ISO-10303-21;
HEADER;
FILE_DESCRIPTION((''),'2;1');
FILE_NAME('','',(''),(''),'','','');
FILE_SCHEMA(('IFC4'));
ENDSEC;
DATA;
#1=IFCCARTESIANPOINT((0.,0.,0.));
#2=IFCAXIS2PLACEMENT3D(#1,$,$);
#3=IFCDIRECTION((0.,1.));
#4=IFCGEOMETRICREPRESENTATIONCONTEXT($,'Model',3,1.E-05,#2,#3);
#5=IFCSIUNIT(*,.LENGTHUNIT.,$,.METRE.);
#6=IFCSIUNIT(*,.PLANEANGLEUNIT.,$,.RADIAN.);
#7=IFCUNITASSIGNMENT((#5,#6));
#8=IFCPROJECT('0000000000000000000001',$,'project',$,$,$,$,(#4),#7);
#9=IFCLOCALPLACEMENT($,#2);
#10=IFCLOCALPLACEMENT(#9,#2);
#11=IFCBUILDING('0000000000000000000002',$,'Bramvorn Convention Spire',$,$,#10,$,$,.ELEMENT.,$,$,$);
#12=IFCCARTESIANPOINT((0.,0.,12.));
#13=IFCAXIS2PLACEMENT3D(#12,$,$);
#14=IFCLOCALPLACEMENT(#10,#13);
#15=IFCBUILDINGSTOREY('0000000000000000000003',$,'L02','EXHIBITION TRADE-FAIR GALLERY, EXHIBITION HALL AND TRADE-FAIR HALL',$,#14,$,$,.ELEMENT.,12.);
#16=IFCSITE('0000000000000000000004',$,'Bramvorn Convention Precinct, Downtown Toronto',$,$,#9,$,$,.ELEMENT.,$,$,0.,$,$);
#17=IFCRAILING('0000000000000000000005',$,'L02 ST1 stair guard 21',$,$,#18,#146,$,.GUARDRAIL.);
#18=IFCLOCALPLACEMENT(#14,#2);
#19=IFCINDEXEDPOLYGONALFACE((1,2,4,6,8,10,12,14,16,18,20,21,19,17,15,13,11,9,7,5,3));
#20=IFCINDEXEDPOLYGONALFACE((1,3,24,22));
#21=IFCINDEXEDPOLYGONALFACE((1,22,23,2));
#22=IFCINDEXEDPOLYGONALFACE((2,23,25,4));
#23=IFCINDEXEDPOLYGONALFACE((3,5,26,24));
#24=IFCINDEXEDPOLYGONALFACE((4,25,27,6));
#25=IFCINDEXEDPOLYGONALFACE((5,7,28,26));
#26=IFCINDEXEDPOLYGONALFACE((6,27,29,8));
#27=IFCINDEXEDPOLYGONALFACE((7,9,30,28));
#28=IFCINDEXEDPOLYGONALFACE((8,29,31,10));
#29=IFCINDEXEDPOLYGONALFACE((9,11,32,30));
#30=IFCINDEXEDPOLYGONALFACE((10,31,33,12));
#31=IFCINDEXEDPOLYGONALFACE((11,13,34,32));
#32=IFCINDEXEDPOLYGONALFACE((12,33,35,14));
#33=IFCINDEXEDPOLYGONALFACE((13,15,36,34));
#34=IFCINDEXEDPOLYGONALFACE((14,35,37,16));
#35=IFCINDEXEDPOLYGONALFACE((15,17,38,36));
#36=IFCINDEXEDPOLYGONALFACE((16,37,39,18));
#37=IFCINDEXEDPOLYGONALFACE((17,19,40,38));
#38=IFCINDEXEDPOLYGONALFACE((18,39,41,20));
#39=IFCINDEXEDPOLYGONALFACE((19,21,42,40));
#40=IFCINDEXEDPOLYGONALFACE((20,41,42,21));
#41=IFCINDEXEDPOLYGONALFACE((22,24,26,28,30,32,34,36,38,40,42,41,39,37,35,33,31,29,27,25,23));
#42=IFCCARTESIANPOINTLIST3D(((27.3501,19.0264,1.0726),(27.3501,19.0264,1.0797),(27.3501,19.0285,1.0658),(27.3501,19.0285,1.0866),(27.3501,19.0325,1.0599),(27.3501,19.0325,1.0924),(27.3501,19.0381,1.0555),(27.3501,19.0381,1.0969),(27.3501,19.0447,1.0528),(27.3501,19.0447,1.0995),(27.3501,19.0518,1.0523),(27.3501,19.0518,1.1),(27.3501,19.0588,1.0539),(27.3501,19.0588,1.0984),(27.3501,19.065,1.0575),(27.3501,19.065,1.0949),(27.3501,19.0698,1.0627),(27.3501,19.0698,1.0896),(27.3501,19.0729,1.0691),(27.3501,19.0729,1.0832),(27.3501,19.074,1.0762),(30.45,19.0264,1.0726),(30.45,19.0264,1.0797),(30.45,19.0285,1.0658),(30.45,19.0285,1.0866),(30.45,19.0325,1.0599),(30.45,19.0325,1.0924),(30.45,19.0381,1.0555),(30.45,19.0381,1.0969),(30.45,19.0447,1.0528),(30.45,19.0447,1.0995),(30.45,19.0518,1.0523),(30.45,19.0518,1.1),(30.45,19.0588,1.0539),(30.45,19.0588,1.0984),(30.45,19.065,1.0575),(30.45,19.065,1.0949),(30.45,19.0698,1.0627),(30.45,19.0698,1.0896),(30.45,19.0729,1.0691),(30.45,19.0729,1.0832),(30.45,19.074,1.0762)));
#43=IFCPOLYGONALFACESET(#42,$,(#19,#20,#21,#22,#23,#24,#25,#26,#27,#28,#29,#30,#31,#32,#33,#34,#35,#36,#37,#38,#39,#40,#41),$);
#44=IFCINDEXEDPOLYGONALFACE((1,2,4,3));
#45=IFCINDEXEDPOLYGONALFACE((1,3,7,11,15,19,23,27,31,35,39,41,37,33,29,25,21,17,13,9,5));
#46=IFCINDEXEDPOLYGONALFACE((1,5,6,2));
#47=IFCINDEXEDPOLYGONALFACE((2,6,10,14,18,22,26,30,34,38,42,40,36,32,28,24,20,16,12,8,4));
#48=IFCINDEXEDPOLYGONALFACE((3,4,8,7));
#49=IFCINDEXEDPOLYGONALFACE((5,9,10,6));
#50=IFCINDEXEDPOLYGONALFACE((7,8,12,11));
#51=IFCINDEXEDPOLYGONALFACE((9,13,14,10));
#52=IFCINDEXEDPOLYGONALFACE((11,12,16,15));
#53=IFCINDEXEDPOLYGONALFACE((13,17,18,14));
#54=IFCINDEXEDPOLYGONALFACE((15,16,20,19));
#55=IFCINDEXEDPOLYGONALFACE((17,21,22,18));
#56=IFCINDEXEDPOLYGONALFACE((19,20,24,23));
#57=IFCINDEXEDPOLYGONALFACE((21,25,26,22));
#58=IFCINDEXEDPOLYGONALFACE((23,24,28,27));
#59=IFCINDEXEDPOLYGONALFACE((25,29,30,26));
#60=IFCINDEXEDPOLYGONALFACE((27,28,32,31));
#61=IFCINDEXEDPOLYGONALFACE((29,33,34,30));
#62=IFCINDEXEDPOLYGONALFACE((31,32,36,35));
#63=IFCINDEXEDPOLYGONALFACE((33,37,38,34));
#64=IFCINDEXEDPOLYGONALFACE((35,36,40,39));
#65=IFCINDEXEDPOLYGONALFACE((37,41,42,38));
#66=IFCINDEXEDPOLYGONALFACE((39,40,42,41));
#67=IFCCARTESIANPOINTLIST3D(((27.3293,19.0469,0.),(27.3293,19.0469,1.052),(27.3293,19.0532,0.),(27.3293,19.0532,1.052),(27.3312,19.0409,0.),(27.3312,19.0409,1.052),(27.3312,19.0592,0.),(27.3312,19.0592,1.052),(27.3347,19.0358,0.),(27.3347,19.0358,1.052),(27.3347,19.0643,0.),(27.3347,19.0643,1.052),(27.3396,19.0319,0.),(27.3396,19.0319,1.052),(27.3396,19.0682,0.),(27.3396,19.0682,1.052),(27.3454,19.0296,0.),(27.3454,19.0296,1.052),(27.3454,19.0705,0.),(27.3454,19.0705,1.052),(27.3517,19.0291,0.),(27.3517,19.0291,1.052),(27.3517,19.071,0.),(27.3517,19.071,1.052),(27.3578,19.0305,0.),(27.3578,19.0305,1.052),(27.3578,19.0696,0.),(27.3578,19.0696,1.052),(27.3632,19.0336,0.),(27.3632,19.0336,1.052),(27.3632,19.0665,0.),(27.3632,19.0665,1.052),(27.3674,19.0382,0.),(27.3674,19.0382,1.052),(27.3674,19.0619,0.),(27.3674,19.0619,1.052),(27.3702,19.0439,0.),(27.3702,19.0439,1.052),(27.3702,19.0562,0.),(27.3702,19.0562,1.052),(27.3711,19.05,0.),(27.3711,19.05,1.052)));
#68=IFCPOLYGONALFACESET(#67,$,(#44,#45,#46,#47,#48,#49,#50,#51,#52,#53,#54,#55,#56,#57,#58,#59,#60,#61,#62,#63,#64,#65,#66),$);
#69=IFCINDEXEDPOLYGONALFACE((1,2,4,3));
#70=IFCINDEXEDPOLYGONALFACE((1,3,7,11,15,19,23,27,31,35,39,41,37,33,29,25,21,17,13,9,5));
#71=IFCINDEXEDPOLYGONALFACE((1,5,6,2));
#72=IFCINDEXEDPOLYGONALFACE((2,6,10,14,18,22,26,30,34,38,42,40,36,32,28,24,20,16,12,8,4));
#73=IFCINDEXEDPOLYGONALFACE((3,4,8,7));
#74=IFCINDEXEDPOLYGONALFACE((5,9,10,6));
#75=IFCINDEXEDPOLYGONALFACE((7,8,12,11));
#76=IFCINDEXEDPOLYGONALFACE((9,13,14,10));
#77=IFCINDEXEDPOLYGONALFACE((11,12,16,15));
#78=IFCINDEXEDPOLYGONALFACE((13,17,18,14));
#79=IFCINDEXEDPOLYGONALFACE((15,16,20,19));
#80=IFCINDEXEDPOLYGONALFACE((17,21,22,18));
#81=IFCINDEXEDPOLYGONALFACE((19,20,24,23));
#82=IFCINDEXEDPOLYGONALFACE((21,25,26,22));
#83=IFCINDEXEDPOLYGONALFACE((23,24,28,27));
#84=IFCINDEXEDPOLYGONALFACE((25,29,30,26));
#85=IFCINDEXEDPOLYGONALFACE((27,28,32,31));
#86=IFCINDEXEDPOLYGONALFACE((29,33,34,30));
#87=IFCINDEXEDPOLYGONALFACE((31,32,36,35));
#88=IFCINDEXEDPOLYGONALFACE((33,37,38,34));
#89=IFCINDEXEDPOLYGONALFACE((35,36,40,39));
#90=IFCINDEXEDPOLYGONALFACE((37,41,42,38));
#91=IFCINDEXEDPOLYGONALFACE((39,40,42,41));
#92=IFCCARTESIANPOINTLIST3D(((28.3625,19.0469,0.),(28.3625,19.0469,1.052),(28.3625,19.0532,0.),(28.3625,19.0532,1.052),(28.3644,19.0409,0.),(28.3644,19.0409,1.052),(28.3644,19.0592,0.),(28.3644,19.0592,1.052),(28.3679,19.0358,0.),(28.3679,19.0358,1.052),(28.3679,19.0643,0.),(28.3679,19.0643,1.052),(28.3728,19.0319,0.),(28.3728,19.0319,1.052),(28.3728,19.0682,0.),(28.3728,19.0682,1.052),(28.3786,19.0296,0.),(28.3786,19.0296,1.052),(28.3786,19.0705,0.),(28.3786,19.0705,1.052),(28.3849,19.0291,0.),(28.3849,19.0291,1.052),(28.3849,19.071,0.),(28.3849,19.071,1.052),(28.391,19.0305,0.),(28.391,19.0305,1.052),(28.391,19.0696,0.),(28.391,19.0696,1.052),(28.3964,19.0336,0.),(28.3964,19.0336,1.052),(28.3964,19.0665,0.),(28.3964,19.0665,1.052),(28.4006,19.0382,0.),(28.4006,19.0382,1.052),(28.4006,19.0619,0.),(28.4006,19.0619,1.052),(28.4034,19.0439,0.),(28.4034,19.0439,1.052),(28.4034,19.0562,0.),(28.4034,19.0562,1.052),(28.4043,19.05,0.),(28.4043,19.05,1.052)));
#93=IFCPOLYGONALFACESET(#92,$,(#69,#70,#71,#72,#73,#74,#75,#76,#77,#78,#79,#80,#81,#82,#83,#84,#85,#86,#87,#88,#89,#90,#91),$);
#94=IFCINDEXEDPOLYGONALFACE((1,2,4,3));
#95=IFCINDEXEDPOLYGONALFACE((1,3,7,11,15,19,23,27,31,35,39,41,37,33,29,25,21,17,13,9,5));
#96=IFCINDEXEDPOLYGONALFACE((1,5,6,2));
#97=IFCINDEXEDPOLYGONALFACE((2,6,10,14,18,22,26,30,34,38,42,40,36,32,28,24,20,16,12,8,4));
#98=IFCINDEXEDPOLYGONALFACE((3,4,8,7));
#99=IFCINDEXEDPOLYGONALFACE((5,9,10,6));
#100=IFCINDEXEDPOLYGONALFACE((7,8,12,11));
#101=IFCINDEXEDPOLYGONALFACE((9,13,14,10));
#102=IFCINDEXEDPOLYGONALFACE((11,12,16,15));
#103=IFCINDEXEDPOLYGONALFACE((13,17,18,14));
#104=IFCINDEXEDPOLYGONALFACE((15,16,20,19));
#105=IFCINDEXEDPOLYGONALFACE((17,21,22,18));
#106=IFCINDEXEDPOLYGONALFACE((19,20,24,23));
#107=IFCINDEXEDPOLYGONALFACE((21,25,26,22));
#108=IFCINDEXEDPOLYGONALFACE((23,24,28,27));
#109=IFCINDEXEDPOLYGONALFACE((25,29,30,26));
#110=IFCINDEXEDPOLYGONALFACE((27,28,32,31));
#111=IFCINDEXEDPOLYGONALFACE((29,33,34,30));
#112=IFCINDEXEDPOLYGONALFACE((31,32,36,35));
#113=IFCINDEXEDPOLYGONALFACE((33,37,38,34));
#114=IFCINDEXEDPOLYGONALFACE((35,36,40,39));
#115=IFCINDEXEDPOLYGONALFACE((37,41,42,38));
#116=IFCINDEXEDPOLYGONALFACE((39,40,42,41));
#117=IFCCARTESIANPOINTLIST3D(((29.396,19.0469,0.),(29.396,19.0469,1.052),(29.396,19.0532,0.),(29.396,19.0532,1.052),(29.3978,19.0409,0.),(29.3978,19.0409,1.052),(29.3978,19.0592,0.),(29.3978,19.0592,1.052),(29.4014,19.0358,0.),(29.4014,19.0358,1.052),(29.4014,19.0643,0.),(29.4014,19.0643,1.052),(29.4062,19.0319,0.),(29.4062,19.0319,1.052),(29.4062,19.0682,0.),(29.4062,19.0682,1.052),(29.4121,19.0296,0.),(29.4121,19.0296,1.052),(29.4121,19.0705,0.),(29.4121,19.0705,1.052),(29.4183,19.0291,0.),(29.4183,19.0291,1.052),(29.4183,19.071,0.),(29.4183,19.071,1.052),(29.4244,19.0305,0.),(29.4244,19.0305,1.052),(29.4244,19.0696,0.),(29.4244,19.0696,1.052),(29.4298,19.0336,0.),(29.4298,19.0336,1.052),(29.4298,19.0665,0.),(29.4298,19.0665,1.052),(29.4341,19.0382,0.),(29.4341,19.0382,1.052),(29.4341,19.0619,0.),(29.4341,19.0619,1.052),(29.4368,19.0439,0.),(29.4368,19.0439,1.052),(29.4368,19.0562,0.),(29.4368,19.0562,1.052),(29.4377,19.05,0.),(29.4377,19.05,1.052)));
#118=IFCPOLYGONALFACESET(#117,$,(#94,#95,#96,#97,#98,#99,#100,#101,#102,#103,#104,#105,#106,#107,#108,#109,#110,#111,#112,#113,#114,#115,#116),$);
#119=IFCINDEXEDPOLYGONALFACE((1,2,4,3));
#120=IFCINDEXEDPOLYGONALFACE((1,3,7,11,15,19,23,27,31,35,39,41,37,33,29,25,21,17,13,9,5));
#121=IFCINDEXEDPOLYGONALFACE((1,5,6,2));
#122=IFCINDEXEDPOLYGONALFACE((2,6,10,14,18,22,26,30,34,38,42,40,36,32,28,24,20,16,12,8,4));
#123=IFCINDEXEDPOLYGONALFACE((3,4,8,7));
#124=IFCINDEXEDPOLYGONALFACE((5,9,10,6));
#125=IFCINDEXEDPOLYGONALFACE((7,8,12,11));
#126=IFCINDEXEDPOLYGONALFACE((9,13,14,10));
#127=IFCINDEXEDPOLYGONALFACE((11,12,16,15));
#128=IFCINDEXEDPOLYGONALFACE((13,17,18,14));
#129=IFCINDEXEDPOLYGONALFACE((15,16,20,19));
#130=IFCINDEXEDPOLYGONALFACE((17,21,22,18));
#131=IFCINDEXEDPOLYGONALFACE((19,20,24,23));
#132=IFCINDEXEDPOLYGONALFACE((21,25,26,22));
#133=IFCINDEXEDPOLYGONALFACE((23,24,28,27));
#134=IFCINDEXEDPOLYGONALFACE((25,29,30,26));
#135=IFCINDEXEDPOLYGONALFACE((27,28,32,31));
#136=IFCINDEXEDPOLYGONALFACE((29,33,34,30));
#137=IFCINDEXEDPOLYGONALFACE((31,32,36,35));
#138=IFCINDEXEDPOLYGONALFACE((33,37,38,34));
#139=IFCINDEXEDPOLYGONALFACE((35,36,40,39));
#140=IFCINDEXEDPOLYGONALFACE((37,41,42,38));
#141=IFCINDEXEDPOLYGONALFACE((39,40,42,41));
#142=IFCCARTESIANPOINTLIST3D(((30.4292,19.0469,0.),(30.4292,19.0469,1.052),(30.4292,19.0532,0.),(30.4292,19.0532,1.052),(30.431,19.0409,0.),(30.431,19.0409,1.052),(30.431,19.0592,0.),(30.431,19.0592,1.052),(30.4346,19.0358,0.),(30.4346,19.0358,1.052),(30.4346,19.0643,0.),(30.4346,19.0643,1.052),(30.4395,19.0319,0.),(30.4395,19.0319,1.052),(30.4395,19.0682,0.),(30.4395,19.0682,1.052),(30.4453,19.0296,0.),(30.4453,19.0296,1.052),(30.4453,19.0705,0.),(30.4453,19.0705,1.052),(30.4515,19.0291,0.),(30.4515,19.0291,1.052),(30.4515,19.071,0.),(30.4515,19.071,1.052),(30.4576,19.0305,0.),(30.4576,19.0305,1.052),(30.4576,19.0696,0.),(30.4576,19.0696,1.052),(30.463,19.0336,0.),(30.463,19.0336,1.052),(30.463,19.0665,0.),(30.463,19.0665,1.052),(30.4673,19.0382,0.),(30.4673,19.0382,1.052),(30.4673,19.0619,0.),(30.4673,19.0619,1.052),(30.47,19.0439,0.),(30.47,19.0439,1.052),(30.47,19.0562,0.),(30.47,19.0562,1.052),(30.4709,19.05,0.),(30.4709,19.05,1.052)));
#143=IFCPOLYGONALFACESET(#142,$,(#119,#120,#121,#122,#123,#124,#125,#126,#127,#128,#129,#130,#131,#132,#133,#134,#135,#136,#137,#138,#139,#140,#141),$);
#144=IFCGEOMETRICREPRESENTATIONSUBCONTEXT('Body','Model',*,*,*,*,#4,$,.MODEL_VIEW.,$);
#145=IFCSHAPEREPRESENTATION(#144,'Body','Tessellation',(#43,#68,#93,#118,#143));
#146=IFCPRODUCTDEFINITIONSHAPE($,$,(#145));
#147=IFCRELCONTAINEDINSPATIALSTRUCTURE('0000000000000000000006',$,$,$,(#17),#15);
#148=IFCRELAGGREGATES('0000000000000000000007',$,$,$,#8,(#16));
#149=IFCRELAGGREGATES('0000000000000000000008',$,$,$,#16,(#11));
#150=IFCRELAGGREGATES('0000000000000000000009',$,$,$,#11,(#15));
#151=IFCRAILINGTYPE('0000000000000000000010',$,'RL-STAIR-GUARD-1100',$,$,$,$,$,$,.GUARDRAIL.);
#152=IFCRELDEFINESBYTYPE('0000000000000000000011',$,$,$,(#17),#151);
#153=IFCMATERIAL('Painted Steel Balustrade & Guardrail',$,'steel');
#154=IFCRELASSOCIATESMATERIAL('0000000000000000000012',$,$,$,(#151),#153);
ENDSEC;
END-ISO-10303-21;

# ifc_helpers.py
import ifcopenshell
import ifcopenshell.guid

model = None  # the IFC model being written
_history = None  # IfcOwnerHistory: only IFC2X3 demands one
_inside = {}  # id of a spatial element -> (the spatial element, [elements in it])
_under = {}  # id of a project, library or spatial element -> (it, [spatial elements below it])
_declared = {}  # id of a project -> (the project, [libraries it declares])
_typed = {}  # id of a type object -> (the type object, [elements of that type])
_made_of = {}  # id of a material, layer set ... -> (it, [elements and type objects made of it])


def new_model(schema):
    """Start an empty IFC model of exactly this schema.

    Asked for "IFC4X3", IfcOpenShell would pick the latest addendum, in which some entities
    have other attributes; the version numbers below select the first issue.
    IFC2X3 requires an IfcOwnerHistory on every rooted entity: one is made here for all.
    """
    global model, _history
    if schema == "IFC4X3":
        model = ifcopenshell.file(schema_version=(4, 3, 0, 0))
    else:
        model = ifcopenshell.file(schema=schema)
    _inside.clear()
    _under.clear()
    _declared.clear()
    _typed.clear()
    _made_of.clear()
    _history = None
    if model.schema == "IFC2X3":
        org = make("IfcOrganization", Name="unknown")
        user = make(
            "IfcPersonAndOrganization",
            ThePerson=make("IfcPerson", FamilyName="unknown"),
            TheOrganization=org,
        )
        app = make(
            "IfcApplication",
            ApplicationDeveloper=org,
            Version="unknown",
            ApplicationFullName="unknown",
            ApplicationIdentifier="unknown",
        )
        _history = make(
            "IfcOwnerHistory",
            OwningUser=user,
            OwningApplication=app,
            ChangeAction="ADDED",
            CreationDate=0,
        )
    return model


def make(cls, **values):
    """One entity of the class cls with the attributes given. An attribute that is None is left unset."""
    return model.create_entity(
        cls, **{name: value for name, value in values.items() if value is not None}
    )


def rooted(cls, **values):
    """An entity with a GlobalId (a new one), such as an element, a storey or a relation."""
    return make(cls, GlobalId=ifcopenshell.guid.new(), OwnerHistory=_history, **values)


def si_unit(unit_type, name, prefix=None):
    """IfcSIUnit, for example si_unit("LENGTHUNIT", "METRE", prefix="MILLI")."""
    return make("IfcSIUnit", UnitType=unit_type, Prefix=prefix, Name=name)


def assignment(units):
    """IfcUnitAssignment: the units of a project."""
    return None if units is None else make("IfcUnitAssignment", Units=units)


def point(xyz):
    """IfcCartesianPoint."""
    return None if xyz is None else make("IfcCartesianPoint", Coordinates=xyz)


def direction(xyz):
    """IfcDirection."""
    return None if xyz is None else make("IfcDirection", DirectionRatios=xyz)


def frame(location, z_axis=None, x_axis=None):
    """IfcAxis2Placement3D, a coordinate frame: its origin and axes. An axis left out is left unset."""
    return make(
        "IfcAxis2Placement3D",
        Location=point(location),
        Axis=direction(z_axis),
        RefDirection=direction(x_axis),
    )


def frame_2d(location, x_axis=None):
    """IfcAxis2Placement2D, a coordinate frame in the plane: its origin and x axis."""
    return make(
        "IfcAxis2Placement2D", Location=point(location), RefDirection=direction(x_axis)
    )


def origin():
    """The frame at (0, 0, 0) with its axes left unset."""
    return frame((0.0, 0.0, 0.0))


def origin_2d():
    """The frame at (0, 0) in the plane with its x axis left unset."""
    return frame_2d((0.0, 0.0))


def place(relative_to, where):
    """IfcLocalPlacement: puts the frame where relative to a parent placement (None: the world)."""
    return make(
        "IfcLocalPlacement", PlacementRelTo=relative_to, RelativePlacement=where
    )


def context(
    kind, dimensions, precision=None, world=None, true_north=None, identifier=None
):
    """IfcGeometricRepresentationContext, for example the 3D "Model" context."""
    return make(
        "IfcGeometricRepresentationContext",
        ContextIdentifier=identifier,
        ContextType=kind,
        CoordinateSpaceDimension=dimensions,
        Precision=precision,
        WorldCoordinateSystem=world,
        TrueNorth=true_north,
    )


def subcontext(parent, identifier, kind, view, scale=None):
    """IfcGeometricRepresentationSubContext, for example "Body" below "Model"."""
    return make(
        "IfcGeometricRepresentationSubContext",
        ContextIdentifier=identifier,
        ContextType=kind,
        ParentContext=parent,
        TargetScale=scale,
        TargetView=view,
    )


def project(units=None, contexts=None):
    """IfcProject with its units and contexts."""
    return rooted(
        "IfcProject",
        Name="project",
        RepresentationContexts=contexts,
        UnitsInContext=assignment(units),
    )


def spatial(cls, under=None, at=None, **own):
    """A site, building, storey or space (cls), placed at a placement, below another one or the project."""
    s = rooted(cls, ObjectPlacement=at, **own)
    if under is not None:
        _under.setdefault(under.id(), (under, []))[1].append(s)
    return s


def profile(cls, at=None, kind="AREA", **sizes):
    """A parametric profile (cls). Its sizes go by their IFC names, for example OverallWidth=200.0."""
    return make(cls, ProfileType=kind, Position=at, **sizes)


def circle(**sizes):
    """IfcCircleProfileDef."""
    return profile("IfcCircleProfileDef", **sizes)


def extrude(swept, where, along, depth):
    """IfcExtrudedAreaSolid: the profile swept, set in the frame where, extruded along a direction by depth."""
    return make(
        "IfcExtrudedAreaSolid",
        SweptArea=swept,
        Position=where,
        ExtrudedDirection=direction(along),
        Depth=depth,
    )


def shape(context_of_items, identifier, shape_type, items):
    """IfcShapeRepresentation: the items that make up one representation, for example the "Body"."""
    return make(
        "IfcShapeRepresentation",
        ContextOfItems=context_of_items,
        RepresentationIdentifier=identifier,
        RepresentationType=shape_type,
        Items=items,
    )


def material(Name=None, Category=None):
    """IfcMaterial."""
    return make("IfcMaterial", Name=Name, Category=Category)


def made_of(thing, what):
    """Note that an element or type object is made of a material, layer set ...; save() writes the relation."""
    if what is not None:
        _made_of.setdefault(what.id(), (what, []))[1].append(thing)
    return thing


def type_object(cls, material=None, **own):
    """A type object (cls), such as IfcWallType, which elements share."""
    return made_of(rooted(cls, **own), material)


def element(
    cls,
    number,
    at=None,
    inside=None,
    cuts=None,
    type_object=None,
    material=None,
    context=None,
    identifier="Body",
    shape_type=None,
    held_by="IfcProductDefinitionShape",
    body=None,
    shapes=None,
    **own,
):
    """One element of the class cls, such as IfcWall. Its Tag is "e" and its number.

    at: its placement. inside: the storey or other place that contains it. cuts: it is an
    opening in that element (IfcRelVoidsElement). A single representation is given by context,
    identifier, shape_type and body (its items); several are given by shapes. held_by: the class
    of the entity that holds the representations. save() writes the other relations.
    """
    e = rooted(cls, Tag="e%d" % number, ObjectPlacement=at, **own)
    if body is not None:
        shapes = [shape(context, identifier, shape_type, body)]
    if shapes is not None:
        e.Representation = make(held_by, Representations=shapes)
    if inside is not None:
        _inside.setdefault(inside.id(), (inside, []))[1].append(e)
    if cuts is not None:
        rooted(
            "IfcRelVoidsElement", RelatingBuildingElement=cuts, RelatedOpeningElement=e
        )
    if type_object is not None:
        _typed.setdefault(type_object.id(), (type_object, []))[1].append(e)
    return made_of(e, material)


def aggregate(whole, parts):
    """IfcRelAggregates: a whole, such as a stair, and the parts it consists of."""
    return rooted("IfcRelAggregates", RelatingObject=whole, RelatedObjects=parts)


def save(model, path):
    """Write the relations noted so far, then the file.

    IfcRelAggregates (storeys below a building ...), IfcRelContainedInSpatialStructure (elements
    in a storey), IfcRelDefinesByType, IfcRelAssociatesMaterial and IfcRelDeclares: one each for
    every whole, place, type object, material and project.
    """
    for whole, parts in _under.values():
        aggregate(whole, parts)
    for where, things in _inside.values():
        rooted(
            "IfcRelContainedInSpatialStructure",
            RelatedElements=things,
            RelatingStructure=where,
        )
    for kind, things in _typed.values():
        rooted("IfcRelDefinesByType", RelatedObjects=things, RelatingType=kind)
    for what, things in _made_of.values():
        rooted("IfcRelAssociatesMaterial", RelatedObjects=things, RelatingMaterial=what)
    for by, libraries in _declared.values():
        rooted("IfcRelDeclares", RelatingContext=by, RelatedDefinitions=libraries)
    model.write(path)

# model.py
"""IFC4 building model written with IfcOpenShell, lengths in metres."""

from ifc_helpers import new_model, si_unit, direction, frame, origin, origin_2d, place, context, subcontext, project, spatial, circle, extrude, material, type_object, element, save


model = new_model("IFC4")

# Units and contexts
model_context = context("Model", 3, precision=1e-05, world=origin(), true_north=direction((0.0, 1.0)))
body_context = subcontext(model_context, "Body", "Model", "MODEL_VIEW")
ifc_project = project(units=[si_unit("LENGTHUNIT", "METRE"), si_unit("PLANEANGLEUNIT", "RADIAN")], contexts=[model_context])

# Site, building, storey
site_placement = place(None, origin())
site = spatial("IfcSite", under=ifc_project, at=site_placement, Name="Bramvorn Convention Precinct, Downtown Toronto", CompositionType="ELEMENT", RefElevation=0.0)
building_placement = place(site_placement, origin())
building = spatial("IfcBuilding", under=site, at=building_placement, Name="Bramvorn Convention Spire", CompositionType="ELEMENT")
storey_placement = place(building_placement, frame((0.0, 0.0, 12.0)))
storey = spatial("IfcBuildingStorey", under=building, at=storey_placement, Name="L02", Description="EXHIBITION TRADE-FAIR GALLERY, EXHIBITION HALL AND TRADE-FAIR HALL", CompositionType="ELEMENT", Elevation=12.0)

# Railing
ifc_material_1 = material(Name="Painted Steel Balustrade & Guardrail", Category="steel")
railing_type = type_object("IfcRailingType", Name="RL-STAIR-GUARD-1100", PredefinedType="GUARDRAIL", material=ifc_material_1)
railing_1_placement = place(storey_placement, frame((27.3501, 19.05, 0.0)))
element("IfcRailing", 1, at=railing_1_placement, inside=storey, type_object=railing_type, Name="L02 ST1 stair guard 21", PredefinedType="GUARDRAIL", context=body_context, shape_type="SweptSolid", body=[
    extrude(circle(Radius=0.0239, at=origin_2d()), frame((0.0, 0.0, 1.0762), z_axis=(1.0, 0.0, 0.0), x_axis=(0.0, 1.0, 0.0)), (0.0, 0.0, 1.0), 3.0999),
    extrude(circle(Radius=0.021, at=origin_2d()), origin(), (0.0, 0.0, 1.0), 1.052),
    extrude(circle(Radius=0.021, at=origin_2d()), frame((1.0332, 0.0, 0.0)), (0.0, 0.0, 1.0), 1.052),
    extrude(circle(Radius=0.021, at=origin_2d()), frame((2.0667, 0.0, 0.0)), (0.0, 0.0, 1.0), 1.052),
    extrude(circle(Radius=0.021, at=origin_2d()), frame((3.0999, 0.0, 0.0)), (0.0, 0.0, 1.0), 1.052),
])

save(model, "model.ifc")
